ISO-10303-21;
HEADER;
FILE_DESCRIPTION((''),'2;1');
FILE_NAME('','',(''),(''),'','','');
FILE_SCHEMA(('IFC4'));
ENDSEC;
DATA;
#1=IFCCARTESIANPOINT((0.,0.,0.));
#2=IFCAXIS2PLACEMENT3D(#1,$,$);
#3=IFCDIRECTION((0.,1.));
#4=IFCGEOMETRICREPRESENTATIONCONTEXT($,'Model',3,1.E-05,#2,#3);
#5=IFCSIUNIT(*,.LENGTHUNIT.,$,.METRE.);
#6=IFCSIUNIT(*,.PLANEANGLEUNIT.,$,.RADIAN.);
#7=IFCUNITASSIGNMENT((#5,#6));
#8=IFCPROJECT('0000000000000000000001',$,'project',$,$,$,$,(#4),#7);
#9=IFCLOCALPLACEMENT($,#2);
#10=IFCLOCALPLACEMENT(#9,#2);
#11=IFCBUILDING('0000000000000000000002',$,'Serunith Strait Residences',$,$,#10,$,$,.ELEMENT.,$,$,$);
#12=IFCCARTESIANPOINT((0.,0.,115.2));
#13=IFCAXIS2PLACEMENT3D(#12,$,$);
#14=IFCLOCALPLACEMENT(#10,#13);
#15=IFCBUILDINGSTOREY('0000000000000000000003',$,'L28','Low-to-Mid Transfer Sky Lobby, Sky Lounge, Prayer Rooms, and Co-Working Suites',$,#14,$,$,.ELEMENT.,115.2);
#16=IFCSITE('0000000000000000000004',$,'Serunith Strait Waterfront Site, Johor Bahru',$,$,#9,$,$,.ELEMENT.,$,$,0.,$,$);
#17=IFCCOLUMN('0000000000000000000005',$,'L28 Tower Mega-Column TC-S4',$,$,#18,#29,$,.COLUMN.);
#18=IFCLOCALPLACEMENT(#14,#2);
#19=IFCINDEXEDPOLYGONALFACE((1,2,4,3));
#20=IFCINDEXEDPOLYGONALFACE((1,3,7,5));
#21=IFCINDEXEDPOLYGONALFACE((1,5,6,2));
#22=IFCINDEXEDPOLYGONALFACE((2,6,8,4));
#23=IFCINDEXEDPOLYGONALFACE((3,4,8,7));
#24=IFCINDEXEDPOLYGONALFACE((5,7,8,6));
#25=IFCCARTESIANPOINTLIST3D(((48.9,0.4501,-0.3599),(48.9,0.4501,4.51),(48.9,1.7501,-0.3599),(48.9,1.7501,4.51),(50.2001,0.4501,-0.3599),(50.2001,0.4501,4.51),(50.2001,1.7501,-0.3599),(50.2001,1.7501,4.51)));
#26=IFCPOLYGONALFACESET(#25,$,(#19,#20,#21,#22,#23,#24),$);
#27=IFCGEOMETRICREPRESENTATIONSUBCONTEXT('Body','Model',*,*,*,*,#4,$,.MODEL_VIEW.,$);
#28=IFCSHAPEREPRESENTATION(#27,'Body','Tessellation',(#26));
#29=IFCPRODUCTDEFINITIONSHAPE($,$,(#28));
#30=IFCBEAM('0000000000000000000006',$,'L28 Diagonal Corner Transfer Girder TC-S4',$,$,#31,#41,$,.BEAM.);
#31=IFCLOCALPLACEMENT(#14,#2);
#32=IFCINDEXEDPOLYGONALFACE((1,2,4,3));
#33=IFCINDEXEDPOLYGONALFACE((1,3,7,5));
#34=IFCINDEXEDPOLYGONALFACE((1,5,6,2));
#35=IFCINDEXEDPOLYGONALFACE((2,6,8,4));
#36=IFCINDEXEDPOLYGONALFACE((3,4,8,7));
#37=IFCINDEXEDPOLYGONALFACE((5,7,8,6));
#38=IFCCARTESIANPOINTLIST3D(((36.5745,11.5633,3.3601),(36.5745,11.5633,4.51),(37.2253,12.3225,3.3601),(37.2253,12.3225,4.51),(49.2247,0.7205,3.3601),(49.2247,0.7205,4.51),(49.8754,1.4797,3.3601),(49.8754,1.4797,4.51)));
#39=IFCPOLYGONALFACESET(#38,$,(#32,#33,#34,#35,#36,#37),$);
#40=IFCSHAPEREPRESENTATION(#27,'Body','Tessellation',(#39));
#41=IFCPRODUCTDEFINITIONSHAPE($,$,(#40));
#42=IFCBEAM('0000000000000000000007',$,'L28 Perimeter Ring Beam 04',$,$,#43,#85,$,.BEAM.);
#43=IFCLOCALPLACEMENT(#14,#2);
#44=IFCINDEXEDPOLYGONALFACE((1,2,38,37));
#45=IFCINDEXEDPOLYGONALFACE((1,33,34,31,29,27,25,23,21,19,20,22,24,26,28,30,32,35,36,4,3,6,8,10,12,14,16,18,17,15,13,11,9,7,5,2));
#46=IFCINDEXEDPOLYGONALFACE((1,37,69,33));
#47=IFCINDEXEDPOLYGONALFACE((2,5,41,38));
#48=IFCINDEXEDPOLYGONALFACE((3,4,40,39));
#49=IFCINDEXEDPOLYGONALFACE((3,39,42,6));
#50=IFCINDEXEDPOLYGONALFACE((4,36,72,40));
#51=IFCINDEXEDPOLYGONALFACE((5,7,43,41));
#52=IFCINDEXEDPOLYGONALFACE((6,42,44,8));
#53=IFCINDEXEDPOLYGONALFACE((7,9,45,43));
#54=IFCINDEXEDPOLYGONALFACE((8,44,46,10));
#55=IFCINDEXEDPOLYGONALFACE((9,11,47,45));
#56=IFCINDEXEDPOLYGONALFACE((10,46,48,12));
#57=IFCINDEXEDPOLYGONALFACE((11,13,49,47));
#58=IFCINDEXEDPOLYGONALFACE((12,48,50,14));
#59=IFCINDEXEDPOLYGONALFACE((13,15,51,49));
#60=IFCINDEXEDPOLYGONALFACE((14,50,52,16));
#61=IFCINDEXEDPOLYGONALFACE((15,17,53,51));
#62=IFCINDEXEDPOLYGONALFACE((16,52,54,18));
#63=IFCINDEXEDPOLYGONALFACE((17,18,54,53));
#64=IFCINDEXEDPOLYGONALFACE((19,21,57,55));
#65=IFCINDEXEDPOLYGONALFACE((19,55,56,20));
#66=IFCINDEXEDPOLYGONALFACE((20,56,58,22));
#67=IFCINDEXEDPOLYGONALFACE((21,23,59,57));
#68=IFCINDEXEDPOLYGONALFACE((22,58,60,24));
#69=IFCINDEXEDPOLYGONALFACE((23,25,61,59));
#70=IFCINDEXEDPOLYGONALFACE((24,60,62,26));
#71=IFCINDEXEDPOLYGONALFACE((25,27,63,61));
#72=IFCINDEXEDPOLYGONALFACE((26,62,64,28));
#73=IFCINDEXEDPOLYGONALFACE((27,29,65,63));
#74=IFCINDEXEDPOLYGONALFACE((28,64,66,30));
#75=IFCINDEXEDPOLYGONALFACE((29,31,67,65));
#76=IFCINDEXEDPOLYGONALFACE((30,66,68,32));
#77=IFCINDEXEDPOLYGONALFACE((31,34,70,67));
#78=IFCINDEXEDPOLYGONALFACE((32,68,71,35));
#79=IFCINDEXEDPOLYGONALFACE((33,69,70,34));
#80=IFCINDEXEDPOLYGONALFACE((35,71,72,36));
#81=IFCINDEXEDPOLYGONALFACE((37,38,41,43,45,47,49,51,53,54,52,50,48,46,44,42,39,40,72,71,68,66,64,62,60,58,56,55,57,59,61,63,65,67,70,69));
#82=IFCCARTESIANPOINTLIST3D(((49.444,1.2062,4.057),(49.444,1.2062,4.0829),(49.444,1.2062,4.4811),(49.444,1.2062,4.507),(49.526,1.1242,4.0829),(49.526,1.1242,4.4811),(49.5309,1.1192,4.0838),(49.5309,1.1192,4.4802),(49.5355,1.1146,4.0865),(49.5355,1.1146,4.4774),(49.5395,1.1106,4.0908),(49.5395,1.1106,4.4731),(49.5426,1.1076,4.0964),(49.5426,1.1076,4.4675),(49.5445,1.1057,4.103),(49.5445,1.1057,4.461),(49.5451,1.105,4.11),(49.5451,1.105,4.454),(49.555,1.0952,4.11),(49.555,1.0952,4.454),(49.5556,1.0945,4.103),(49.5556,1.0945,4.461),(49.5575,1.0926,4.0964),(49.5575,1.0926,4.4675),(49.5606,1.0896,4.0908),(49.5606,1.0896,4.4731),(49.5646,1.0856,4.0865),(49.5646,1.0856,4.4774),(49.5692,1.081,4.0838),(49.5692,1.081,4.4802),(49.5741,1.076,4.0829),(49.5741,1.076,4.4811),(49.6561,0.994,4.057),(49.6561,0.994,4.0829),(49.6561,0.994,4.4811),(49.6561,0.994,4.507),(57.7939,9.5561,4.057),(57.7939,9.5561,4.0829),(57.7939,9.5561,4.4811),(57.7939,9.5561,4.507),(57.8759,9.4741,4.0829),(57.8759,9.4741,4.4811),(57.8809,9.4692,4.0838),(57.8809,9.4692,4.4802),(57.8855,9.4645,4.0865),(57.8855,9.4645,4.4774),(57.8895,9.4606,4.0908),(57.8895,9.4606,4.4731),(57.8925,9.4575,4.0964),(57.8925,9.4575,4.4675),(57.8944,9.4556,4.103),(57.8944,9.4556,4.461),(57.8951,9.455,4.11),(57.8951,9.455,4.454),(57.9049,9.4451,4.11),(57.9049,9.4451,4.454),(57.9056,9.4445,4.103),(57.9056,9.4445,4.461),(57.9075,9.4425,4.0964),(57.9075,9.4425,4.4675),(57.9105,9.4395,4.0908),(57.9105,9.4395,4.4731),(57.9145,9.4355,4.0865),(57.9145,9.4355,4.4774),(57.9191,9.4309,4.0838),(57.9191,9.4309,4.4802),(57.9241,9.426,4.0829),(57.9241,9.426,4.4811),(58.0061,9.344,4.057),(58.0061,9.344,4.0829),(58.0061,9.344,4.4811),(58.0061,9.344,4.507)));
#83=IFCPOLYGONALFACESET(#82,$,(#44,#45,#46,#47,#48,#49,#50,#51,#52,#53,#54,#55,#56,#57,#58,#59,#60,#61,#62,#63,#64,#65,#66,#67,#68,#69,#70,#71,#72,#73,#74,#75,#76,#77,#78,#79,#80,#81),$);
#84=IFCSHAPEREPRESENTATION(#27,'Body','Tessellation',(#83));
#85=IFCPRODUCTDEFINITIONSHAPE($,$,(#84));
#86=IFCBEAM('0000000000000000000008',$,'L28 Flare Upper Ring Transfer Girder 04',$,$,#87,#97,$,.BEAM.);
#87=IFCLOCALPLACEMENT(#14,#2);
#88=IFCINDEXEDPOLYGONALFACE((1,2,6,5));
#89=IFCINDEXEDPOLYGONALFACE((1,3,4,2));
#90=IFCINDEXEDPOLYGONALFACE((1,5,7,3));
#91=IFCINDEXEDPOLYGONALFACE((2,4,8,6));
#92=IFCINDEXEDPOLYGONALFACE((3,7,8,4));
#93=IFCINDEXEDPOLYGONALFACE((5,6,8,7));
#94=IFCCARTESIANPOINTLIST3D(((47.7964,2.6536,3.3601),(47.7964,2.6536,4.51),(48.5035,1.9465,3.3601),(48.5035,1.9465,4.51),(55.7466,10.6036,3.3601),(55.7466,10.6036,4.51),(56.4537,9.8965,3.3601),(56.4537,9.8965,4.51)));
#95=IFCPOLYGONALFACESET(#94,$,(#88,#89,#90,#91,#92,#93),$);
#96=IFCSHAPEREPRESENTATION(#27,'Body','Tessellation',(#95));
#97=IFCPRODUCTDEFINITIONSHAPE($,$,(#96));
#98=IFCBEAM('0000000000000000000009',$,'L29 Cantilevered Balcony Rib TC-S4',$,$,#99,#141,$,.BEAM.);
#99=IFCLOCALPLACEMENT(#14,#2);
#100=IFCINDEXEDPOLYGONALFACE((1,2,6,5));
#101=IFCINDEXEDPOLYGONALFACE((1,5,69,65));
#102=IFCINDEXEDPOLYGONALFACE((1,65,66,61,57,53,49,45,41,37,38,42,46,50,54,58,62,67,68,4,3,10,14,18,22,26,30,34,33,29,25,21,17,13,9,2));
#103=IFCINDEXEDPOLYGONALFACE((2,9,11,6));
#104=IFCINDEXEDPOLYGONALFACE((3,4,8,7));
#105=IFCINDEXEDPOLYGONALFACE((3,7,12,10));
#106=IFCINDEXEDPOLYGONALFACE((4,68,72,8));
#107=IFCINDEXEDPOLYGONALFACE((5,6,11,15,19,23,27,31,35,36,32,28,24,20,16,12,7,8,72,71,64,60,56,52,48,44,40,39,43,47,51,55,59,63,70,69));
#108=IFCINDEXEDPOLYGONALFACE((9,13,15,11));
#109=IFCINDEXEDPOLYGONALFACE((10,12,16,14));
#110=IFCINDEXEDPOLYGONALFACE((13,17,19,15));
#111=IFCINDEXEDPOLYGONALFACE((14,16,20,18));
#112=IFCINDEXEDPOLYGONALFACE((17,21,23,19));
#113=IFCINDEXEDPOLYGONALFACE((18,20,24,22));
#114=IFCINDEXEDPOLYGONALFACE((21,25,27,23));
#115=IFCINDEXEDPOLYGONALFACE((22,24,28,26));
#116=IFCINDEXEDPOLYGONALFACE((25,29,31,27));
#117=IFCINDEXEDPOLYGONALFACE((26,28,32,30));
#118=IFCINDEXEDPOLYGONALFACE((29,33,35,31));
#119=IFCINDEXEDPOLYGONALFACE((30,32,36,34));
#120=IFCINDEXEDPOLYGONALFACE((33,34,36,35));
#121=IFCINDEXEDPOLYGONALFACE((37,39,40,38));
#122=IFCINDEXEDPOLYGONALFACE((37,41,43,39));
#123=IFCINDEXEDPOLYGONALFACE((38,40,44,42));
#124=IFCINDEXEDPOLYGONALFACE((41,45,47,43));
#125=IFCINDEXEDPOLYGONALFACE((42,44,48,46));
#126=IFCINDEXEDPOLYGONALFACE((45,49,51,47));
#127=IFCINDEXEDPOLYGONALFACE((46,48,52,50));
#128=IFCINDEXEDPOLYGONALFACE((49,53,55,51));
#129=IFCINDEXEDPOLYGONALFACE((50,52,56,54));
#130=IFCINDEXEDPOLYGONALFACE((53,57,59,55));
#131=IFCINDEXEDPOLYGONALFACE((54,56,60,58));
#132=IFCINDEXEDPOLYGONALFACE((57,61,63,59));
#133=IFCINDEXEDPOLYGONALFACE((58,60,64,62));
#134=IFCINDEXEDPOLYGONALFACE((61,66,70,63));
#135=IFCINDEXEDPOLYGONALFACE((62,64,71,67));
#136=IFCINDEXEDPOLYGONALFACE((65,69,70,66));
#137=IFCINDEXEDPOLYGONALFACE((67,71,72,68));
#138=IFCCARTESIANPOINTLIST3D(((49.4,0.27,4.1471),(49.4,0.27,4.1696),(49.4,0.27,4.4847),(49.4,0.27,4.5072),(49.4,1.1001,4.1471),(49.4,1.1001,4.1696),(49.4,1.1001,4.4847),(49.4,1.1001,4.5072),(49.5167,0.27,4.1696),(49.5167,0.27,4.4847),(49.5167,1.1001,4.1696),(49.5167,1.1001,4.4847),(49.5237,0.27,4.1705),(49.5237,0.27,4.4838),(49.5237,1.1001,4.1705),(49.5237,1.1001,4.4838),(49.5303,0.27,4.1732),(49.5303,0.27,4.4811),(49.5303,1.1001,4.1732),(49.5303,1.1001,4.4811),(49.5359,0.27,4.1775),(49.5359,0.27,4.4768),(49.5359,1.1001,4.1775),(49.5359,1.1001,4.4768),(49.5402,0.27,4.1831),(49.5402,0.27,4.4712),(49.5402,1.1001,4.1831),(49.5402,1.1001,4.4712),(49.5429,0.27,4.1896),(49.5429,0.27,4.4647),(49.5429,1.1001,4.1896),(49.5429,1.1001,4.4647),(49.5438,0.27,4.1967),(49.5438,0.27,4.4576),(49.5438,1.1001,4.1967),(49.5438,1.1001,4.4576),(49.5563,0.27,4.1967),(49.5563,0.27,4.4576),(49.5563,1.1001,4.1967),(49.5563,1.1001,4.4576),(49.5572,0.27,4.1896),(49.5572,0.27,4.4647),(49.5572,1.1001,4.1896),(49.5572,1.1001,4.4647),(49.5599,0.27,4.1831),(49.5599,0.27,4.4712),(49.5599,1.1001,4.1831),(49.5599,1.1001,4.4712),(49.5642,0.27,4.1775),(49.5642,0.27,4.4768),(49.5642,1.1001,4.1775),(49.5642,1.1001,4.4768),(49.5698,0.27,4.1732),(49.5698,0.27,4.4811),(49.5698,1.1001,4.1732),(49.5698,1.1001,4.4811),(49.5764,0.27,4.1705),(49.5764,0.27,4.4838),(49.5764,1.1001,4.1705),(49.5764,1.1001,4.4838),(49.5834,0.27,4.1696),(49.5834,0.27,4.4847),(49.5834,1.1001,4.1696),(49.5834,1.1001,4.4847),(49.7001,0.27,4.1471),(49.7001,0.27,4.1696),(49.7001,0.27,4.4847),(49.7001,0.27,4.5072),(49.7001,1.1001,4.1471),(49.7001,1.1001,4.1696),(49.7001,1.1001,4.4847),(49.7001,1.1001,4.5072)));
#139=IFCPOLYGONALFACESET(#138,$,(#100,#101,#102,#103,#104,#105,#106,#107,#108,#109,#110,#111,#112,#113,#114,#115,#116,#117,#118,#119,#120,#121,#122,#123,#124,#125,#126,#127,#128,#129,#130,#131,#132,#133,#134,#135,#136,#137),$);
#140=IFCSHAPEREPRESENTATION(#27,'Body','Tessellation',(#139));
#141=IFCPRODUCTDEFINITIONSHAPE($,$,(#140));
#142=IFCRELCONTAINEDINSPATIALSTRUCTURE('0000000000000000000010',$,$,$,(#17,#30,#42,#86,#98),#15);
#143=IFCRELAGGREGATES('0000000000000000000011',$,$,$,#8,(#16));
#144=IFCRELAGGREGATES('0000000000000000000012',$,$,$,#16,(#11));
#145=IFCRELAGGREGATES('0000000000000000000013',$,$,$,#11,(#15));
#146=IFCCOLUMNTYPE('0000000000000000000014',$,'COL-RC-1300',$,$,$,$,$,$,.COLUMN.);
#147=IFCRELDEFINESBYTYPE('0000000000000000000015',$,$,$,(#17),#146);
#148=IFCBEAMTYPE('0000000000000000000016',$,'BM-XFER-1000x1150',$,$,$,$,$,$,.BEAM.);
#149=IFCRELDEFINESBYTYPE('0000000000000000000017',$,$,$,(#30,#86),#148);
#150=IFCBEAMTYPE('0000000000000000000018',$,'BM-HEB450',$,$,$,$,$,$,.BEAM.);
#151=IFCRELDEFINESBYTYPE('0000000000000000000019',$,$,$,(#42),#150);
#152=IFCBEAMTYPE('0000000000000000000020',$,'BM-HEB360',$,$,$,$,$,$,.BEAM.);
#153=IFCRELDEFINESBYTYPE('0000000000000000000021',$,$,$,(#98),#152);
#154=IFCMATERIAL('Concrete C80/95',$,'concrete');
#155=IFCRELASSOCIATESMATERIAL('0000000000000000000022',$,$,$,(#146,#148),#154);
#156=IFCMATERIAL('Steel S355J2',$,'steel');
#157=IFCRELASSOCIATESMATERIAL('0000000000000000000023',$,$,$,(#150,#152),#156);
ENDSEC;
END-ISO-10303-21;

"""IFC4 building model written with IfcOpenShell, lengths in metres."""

from ifc_helpers import new_model, si_unit, direction, frame, origin, origin_2d, place, context, subcontext, project, spatial, rectangle, i_section, extrude, source, transform, mapped, material, material_profile, profile_set, type_object, element, save


model = new_model("IFC4")

# Units and contexts
model_context = context("Model", 3, precision=1e-05, world=origin(), true_north=direction((0.0, 1.0)))
body_context = subcontext(model_context, "Body", "Model", "MODEL_VIEW")
ifc_project = project(units=[si_unit("LENGTHUNIT", "METRE"), si_unit("PLANEANGLEUNIT", "RADIAN")], contexts=[model_context])

# Site, building, storey
site_placement = place(None, origin())
site = spatial("IfcSite", under=ifc_project, at=site_placement, Name="Serunith Strait Waterfront Site, Johor Bahru", CompositionType="ELEMENT", RefElevation=0.0)
building_placement = place(site_placement, origin())
building = spatial("IfcBuilding", under=site, at=building_placement, Name="Serunith Strait Residences", CompositionType="ELEMENT")
storey_placement = place(building_placement, frame((0.0, 0.0, 115.2)))
storey = spatial("IfcBuildingStorey", under=building, at=storey_placement, Name="L28", Description="Low-to-Mid Transfer Sky Lobby, Sky Lounge, Prayer Rooms, and Co-Working Suites", CompositionType="ELEMENT", Elevation=115.2)

# Column
ifc_material_1 = material(Name="Concrete C80/95", Category="concrete")
ifc_material_profile_1 = material_profile(ifc_material_1, rectangle(XDim=1.3, YDim=1.3, at=origin_2d()), Name="RC 1300x1300")
ifc_profile_set_1 = profile_set([ifc_material_profile_1], Name="Concrete C80/95")
column_type = type_object("IfcColumnType", Name="COL-RC-1300", PredefinedType="COLUMN", material=ifc_profile_set_1)
shared_shape_1 = source(origin(), body_context, "Body", "SweptSolid", [
    extrude(rectangle(XDim=1.3, YDim=1.3, at=origin_2d()), origin(), (0.0, 0.0, 1.0), 4.8699),
])
column_placement = place(storey_placement, frame((49.55, 1.1001, -0.3599), z_axis=(0.0, 0.0, 1.0), x_axis=(1.0, 0.0, 0.0)))
element("IfcColumn", 1, at=column_placement, inside=storey, type_object=column_type, Name="L28 Tower Mega-Column TC-S4", PredefinedType="COLUMN", context=body_context, shape_type="MappedRepresentation", body=[
    mapped(shared_shape_1, transform((0.0, 0.0, 0.0), scale=1.0)),
])

# Beams
ifc_material_profile_2 = material_profile(ifc_material_1, rectangle(XDim=1.0, YDim=1.1499, at=origin_2d()), Name="RC 1000x1150")
ifc_profile_set_2 = profile_set([ifc_material_profile_2], Name="Concrete C80/95")
beam_type_1 = type_object("IfcBeamType", Name="BM-XFER-1000x1150", PredefinedType="BEAM", material=ifc_profile_set_2)
shared_shape_2 = source(origin(), body_context, "Body", "SweptSolid", [
    extrude(rectangle(XDim=1.0, YDim=1.1499, at=origin_2d()), origin(), (0.0, 0.0, 1.0), 16.6611),
])
beam_1_placement = place(storey_placement, frame((49.55, 1.1001, 3.9351), z_axis=(-0.759263, 0.650784, 0.0), x_axis=(-0.650784, -0.759263, 0.0)))
element("IfcBeam", 2, at=beam_1_placement, inside=storey, type_object=beam_type_1, Name="L28 Diagonal Corner Transfer Girder TC-S4", PredefinedType="BEAM", context=body_context, shape_type="MappedRepresentation", body=[
    mapped(shared_shape_2, transform((0.0, 0.0, 0.0), scale=1.0)),
])
ifc_material_2 = material(Name="Steel S355J2", Category="steel")
ifc_material_profile_3 = material_profile(ifc_material_2, i_section(OverallWidth=0.3, OverallDepth=0.45, WebThickness=0.0139, FlangeThickness=0.0259, FilletRadius=0.0271, at=origin_2d()), Name="HEB 450")
ifc_profile_set_3 = profile_set([ifc_material_profile_3], Name="Steel S355J2")
beam_type_2 = type_object("IfcBeamType", Name="BM-HEB450", PredefinedType="BEAM", material=ifc_profile_set_3)
shared_shape_3 = source(origin(), body_context, "Body", "SweptSolid", [
    extrude(i_section(OverallWidth=0.3, OverallDepth=0.45, WebThickness=0.0139, FlangeThickness=0.0259, FilletRadius=0.0271, at=origin_2d()), origin(), (0.0, 0.0, 1.0), 11.8086),
])
beam_2_placement = place(storey_placement, frame((49.55, 1.1001, 4.282), z_axis=(0.707107, 0.707107, 0.0), x_axis=(-0.707107, 0.707107, 0.0)))
element("IfcBeam", 3, at=beam_2_placement, inside=storey, type_object=beam_type_2, Name="L28 Perimeter Ring Beam 04", PredefinedType="BEAM", context=body_context, shape_type="MappedRepresentation", body=[
    mapped(shared_shape_3, transform((0.0, 0.0, 0.0), scale=1.0)),
])
shared_shape_4 = source(origin(), body_context, "Body", "SweptSolid", [
    extrude(rectangle(XDim=1.0, YDim=1.1499, at=origin_2d()), origin(), (0.0, 0.0, 1.0), 11.2432),
])
beam_3_placement = place(storey_placement, frame((48.1499, 2.3, 3.9351), z_axis=(0.707118, 0.707096, 0.0), x_axis=(-0.707096, 0.707118, 0.0)))
element("IfcBeam", 4, at=beam_3_placement, inside=storey, type_object=beam_type_1, Name="L28 Flare Upper Ring Transfer Girder 04", PredefinedType="BEAM", context=body_context, shape_type="MappedRepresentation", body=[
    mapped(shared_shape_4, transform((0.0, 0.0, 0.0), scale=1.0)),
])
ifc_material_profile_4 = material_profile(ifc_material_2, i_section(OverallWidth=0.3, OverallDepth=0.3601, WebThickness=0.0125, FlangeThickness=0.0225, FilletRadius=0.0271, at=origin_2d()), Name="HEB 360")
ifc_profile_set_4 = profile_set([ifc_material_profile_4], Name="Steel S355J2")
beam_type_3 = type_object("IfcBeamType", Name="BM-HEB360", PredefinedType="BEAM", material=ifc_profile_set_4)
shared_shape_5 = source(origin(), body_context, "Body", "SweptSolid", [
    extrude(i_section(OverallWidth=0.3, OverallDepth=0.3601, WebThickness=0.0125, FlangeThickness=0.0225, FilletRadius=0.0271, at=origin_2d()), origin(), (0.0, 0.0, 1.0), 0.8301),
])
beam_4_placement = place(storey_placement, frame((49.55, 1.1001, 4.3271), z_axis=(0.0, -1.0, 0.0), x_axis=(1.0, 0.0, 0.0)))
element("IfcBeam", 5, at=beam_4_placement, inside=storey, type_object=beam_type_3, Name="L29 Cantilevered Balcony Rib TC-S4", PredefinedType="BEAM", context=body_context, shape_type="MappedRepresentation", body=[
    mapped(shared_shape_5, transform((0.0, 0.0, 0.0), scale=1.0)),
])

save(model, "model.ifc")
